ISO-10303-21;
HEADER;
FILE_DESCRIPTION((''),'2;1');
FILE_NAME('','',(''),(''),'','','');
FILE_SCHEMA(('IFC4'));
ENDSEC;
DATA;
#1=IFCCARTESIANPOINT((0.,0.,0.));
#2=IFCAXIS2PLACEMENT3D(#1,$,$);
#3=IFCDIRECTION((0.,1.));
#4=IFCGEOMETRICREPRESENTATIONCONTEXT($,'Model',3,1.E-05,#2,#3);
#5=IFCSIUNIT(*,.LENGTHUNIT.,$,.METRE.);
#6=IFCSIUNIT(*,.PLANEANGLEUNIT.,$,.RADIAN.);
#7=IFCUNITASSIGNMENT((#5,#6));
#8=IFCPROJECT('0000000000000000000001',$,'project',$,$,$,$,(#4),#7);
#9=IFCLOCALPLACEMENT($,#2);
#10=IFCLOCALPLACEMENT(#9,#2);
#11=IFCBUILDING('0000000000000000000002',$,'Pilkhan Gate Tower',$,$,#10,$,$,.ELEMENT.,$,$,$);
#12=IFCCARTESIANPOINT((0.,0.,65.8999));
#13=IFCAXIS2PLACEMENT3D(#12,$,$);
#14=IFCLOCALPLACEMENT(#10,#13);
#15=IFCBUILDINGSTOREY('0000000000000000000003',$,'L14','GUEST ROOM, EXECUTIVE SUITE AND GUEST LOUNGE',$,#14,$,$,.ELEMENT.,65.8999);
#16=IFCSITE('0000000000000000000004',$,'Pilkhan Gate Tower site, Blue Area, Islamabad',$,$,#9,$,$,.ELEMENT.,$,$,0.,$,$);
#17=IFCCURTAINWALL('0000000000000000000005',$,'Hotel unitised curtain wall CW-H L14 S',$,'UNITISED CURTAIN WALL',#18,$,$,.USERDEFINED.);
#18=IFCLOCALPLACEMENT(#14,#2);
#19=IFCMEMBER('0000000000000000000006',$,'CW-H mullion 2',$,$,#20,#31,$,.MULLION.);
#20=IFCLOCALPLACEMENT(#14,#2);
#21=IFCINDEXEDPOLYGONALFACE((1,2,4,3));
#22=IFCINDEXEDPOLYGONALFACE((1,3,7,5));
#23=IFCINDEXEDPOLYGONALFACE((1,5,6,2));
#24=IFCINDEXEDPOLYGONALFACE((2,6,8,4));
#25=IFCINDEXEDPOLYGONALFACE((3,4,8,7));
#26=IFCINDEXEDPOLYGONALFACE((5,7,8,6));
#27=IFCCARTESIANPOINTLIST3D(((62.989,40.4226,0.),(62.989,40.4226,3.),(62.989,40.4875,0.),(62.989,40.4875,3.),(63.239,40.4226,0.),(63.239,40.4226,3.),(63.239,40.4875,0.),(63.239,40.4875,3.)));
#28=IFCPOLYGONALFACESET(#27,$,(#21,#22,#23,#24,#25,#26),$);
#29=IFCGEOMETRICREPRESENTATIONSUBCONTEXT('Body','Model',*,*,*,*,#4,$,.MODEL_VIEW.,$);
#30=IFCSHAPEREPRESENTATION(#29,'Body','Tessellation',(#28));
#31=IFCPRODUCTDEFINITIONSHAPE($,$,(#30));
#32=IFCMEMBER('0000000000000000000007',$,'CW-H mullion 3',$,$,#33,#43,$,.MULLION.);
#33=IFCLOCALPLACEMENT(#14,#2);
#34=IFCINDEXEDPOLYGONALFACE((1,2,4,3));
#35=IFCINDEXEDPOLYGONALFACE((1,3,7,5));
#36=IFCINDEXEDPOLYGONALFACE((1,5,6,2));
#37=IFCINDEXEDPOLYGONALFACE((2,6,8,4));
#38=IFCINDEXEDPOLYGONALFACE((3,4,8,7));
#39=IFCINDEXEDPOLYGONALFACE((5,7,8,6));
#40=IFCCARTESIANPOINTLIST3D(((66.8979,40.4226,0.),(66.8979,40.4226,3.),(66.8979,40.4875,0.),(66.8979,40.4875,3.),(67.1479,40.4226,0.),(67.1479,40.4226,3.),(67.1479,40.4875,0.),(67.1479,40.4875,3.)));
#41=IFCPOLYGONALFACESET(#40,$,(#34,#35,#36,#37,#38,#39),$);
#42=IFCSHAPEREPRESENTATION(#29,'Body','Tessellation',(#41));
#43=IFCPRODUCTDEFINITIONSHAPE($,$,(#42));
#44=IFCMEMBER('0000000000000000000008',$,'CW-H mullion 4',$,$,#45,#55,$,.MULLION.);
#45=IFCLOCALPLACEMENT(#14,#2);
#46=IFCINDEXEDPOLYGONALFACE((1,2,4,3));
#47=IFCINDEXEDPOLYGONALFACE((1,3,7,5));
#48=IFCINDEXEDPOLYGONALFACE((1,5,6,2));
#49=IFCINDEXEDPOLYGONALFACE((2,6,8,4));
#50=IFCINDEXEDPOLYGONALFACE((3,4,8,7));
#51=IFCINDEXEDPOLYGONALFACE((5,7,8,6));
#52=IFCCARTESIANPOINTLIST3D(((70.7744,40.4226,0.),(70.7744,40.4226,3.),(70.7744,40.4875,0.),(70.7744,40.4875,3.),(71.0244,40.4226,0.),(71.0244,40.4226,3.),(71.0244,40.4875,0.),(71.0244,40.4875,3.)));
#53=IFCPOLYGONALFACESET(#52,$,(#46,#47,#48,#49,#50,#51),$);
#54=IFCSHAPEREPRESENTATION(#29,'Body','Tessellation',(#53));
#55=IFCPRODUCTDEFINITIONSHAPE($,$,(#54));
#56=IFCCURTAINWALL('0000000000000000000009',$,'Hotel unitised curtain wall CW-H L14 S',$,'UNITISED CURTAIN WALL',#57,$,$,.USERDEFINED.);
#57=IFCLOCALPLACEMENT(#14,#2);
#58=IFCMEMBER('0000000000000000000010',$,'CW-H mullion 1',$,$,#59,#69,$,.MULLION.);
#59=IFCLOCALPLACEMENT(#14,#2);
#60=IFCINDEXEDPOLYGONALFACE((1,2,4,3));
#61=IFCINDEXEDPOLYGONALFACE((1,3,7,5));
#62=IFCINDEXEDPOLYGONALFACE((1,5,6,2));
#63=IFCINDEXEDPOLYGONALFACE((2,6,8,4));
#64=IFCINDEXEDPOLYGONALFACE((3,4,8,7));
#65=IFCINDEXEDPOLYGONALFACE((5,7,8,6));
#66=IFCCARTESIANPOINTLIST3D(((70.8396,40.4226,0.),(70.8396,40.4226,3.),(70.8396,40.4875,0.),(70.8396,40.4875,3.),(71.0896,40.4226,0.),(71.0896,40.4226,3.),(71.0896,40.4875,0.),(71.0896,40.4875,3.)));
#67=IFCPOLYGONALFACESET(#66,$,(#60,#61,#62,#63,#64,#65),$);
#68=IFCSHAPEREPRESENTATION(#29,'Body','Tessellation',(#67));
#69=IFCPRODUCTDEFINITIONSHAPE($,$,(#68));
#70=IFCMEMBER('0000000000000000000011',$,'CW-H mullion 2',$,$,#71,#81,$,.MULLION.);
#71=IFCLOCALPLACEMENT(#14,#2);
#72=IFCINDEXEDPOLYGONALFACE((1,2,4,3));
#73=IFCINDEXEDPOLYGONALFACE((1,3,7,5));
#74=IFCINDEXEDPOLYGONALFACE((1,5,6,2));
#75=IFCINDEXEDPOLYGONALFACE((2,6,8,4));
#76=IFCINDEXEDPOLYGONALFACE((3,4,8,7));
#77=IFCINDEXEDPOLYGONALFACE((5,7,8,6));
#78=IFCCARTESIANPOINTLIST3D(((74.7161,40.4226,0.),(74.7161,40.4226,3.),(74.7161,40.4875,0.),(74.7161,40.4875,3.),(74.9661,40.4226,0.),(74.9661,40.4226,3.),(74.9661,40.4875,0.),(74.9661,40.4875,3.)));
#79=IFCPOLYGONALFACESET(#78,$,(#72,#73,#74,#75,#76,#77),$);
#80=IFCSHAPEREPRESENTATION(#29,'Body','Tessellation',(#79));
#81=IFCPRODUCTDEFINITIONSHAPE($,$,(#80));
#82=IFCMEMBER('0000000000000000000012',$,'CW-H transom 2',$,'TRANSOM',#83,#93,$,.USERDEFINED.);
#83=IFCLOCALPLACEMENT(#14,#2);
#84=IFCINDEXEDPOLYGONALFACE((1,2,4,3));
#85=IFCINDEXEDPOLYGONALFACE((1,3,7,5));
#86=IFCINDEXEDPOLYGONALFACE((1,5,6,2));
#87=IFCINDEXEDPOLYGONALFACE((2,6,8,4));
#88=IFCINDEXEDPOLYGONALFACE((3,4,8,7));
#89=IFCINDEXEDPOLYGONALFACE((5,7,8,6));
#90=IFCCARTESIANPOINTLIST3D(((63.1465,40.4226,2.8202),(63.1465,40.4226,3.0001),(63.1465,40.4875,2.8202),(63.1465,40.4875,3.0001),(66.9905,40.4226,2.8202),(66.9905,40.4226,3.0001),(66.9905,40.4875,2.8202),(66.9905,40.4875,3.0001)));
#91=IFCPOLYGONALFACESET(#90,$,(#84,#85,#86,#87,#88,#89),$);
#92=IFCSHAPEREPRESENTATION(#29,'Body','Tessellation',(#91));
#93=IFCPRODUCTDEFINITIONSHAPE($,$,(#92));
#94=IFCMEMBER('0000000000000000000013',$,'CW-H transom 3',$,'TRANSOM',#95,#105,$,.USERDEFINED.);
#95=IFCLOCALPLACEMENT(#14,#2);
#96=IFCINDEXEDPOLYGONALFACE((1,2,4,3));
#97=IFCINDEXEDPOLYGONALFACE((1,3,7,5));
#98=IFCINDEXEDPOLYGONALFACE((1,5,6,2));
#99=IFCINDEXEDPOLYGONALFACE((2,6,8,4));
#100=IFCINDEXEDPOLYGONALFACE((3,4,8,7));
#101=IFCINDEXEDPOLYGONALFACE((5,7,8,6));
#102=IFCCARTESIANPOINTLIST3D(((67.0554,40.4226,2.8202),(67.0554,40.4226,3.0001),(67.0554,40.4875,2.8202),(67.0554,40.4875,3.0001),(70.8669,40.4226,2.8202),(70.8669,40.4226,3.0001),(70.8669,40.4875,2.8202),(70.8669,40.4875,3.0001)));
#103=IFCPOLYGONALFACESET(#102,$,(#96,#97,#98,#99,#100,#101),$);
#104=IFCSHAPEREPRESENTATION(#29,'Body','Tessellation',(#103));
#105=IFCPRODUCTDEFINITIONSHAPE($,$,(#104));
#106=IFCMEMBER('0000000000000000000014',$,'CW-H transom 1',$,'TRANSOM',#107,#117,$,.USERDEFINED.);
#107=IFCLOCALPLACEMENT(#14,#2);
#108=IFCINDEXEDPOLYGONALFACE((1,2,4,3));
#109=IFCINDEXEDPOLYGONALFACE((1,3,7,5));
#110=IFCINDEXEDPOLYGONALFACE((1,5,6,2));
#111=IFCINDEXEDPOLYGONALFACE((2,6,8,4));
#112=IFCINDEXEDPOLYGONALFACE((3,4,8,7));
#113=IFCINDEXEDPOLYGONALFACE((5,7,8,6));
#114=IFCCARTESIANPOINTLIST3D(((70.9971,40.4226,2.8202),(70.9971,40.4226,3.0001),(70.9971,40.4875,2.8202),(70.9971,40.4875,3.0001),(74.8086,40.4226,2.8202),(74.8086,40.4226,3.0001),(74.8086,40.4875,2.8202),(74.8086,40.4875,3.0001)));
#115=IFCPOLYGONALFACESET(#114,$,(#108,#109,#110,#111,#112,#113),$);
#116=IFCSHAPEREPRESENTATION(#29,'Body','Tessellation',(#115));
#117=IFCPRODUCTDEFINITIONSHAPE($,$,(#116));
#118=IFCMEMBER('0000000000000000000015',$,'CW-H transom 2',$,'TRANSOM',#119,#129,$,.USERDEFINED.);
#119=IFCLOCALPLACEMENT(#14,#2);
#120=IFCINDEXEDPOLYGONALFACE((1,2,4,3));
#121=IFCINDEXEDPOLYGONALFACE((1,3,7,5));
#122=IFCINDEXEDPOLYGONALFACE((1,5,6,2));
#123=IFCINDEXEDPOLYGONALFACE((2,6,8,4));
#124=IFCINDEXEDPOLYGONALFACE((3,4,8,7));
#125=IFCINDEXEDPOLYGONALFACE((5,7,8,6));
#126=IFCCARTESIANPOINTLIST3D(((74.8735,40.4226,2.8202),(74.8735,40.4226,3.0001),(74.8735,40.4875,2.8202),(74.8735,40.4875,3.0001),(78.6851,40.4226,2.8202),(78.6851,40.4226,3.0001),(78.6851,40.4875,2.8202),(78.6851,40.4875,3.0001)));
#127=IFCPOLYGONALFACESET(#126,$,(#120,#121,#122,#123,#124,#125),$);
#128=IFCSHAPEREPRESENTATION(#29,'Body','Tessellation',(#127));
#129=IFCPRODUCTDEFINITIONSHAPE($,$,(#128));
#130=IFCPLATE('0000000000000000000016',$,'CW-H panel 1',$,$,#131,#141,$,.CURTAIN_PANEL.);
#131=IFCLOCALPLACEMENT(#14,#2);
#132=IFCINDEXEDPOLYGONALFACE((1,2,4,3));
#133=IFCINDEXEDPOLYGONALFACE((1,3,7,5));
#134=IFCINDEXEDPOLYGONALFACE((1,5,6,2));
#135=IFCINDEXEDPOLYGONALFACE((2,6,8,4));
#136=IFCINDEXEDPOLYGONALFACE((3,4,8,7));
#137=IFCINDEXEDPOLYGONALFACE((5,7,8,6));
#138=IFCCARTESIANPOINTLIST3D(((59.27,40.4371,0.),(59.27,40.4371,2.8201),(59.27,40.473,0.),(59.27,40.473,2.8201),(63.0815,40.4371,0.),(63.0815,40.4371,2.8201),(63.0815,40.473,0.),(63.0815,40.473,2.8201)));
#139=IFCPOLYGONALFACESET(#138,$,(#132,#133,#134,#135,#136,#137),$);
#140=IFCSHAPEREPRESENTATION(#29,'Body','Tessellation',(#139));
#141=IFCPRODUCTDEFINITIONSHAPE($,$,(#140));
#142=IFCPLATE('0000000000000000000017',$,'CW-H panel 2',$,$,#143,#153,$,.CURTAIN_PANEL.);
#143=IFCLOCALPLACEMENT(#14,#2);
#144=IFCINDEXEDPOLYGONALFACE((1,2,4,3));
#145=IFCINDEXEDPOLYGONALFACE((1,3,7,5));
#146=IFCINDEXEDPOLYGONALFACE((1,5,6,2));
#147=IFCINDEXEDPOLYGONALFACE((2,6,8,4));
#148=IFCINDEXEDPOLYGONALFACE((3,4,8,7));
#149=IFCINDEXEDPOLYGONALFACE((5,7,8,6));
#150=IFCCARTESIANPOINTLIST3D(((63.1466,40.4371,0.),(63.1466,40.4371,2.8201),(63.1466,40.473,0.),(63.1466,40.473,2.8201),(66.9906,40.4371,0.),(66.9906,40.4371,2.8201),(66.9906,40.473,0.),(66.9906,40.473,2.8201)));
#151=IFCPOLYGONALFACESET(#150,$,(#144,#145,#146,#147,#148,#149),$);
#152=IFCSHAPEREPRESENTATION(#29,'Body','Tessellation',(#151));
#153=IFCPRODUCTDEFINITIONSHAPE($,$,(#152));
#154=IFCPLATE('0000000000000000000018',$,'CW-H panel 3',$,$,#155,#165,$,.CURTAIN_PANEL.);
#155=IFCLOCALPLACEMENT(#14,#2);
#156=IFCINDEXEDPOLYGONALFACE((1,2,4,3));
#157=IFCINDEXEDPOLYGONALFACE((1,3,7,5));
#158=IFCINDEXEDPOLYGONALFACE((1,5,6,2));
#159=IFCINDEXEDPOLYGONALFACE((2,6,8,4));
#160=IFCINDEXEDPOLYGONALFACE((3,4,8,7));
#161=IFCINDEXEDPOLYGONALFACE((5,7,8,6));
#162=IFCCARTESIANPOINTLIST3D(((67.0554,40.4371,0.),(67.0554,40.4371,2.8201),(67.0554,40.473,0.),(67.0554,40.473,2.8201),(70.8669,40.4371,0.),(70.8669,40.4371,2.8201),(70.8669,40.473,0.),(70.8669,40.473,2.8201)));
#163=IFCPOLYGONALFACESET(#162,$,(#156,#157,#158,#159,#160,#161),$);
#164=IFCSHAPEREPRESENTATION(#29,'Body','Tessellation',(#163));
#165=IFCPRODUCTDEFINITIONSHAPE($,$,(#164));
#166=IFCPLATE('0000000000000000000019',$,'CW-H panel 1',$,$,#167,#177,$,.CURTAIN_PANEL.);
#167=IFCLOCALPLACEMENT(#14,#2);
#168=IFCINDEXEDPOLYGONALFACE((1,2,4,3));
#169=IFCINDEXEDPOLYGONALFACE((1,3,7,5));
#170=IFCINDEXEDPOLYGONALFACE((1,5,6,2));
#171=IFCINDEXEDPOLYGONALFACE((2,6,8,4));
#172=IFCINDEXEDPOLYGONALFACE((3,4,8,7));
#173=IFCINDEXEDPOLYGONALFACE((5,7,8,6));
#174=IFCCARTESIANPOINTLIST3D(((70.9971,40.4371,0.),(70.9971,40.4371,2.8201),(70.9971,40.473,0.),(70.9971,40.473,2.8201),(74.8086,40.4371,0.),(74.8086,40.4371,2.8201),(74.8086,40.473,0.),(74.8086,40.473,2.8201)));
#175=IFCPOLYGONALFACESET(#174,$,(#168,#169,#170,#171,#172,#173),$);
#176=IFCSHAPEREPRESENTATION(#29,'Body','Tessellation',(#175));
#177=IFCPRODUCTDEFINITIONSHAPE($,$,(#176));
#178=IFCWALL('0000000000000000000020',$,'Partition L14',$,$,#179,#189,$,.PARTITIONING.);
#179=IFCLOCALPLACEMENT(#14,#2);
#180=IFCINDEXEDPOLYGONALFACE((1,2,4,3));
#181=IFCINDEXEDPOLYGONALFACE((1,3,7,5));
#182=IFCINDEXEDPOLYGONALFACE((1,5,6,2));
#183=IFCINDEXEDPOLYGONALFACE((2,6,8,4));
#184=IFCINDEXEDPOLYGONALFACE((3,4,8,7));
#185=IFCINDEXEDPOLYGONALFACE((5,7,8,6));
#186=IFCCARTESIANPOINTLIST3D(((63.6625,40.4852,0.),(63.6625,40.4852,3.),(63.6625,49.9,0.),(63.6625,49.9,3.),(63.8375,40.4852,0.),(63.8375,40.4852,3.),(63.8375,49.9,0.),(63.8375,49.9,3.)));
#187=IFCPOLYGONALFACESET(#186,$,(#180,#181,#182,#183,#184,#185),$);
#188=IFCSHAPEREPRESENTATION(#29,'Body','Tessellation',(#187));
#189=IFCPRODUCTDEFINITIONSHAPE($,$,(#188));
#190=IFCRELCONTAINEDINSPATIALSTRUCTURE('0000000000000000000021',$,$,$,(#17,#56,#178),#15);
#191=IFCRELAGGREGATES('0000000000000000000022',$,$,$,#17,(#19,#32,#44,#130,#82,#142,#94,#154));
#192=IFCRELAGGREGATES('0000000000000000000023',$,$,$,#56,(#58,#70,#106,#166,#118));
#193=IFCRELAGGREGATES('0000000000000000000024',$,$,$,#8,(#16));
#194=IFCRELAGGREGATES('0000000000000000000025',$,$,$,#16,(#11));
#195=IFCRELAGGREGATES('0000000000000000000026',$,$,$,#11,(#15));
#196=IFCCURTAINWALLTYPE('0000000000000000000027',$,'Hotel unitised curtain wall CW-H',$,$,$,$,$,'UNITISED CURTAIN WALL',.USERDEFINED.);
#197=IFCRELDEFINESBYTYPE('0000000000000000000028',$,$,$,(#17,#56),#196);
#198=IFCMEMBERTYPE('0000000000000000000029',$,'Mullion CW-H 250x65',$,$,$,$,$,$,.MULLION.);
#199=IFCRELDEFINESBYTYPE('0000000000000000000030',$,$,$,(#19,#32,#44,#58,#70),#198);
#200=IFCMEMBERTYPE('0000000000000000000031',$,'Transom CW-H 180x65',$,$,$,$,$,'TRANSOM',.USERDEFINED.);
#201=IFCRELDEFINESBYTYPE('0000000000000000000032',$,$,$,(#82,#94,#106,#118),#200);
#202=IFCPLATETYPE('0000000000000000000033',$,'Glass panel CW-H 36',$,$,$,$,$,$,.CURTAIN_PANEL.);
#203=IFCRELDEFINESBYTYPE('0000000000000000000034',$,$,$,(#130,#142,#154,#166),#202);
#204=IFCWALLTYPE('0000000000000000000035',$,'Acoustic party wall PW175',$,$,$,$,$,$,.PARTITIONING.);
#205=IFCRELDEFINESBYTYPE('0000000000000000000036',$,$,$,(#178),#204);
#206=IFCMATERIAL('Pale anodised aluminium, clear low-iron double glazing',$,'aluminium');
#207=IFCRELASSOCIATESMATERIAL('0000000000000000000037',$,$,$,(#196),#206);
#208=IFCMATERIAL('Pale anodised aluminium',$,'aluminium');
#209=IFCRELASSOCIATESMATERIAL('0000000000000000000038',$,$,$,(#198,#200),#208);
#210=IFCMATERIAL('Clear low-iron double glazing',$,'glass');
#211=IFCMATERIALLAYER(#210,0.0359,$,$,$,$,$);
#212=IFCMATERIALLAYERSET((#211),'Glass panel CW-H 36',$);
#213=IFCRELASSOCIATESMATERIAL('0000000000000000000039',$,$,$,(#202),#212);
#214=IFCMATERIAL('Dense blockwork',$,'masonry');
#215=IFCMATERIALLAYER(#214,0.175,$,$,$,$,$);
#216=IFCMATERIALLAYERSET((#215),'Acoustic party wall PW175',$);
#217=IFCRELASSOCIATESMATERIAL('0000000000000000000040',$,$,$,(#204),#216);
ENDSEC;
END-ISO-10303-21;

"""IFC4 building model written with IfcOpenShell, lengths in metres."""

from ifc_helpers import new_model, si_unit, direction, frame, frame_2d, origin, origin_2d, place, context, subcontext, project, spatial, rectangle, extrude, material, layer, layer_set, material_profile, profile_set, type_object, element, aggregate, save


model = new_model("IFC4")

# Units and contexts
model_context = context("Model", 3, precision=1e-05, world=origin(), true_north=direction((0.0, 1.0)))
body_context = subcontext(model_context, "Body", "Model", "MODEL_VIEW")
ifc_project = project(units=[si_unit("LENGTHUNIT", "METRE"), si_unit("PLANEANGLEUNIT", "RADIAN")], contexts=[model_context])

# Site, building, storey
site_placement = place(None, origin())
site = spatial("IfcSite", under=ifc_project, at=site_placement, Name="Pilkhan Gate Tower site, Blue Area, Islamabad", CompositionType="ELEMENT", RefElevation=0.0)
building_placement = place(site_placement, origin())
building = spatial("IfcBuilding", under=site, at=building_placement, Name="Pilkhan Gate Tower", CompositionType="ELEMENT")
storey_placement = place(building_placement, frame((0.0, 0.0, 65.8999)))
storey = spatial("IfcBuildingStorey", under=building, at=storey_placement, Name="L14", Description="GUEST ROOM, EXECUTIVE SUITE AND GUEST LOUNGE", CompositionType="ELEMENT", Elevation=65.8999)

# Curtain walls, members
ifc_material_1 = material(Name="Pale anodised aluminium, clear low-iron double glazing", Category="aluminium")
curtain_wall_type = type_object("IfcCurtainWallType", Name="Hotel unitised curtain wall CW-H", ElementType="UNITISED CURTAIN WALL", PredefinedType="USERDEFINED", material=ifc_material_1)
curtain_wall_1_placement = place(storey_placement, origin())
curtain_wall_1 = element("IfcCurtainWall", 1, at=curtain_wall_1_placement, inside=storey, type_object=curtain_wall_type, Name="Hotel unitised curtain wall CW-H L14 S", ObjectType="UNITISED CURTAIN WALL", PredefinedType="USERDEFINED")
ifc_material_2 = material(Name="Pale anodised aluminium", Category="aluminium")
ifc_material_profile_1 = material_profile(ifc_material_2, rectangle(XDim=0.0649, YDim=0.25, at=origin_2d()), Name="Mullion 250x65")
ifc_profile_set_1 = profile_set([ifc_material_profile_1], Name="Pale anodised aluminium")
member_type_1 = type_object("IfcMemberType", Name="Mullion CW-H 250x65", PredefinedType="MULLION", material=ifc_profile_set_1)
member_1_placement = place(storey_placement, frame((63.114, 40.4551, 0.0), z_axis=(0.0, 0.0, 1.0), x_axis=(0.0, 1.0, 0.0)))
member_1 = element("IfcMember", 2, at=member_1_placement, type_object=member_type_1, Name="CW-H mullion 2", PredefinedType="MULLION", context=body_context, shape_type="SweptSolid", body=[
    extrude(rectangle(XDim=0.0649, YDim=0.25, at=origin_2d()), origin(), (0.0, 0.0, 1.0), 3.0),
])
member_2_placement = place(storey_placement, frame((67.0229, 40.4551, 0.0), z_axis=(0.0, 0.0, 1.0), x_axis=(0.0, 1.0, 0.0)))
member_2 = element("IfcMember", 3, at=member_2_placement, type_object=member_type_1, Name="CW-H mullion 3", PredefinedType="MULLION", context=body_context, shape_type="SweptSolid", body=[
    extrude(rectangle(XDim=0.0649, YDim=0.25, at=origin_2d()), origin(), (0.0, 0.0, 1.0), 3.0),
])
member_3_placement = place(storey_placement, frame((70.8994, 40.4551, 0.0), z_axis=(0.0, 0.0, 1.0), x_axis=(0.0, 1.0, 0.0)))
member_3 = element("IfcMember", 4, at=member_3_placement, type_object=member_type_1, Name="CW-H mullion 4", PredefinedType="MULLION", context=body_context, shape_type="SweptSolid", body=[
    extrude(rectangle(XDim=0.0649, YDim=0.25, at=origin_2d()), origin(), (0.0, 0.0, 1.0), 3.0),
])
curtain_wall_2_placement = place(storey_placement, origin())
curtain_wall_2 = element("IfcCurtainWall", 5, at=curtain_wall_2_placement, inside=storey, type_object=curtain_wall_type, Name="Hotel unitised curtain wall CW-H L14 S", ObjectType="UNITISED CURTAIN WALL", PredefinedType="USERDEFINED")
member_4_placement = place(storey_placement, frame((70.9646, 40.4551, 0.0), z_axis=(0.0, 0.0, 1.0), x_axis=(0.0, 1.0, 0.0)))
member_4 = element("IfcMember", 6, at=member_4_placement, type_object=member_type_1, Name="CW-H mullion 1", PredefinedType="MULLION", context=body_context, shape_type="SweptSolid", body=[
    extrude(rectangle(XDim=0.0649, YDim=0.25, at=origin_2d()), origin(), (0.0, 0.0, 1.0), 3.0),
])
member_5_placement = place(storey_placement, frame((74.8411, 40.4551, 0.0), z_axis=(0.0, 0.0, 1.0), x_axis=(0.0, 1.0, 0.0)))
member_5 = element("IfcMember", 7, at=member_5_placement, type_object=member_type_1, Name="CW-H mullion 2", PredefinedType="MULLION", context=body_context, shape_type="SweptSolid", body=[
    extrude(rectangle(XDim=0.0649, YDim=0.25, at=origin_2d()), origin(), (0.0, 0.0, 1.0), 3.0),
])

# Members
ifc_material_profile_2 = material_profile(ifc_material_2, rectangle(XDim=0.0649, YDim=0.1799, at=origin_2d()), Name="Transom 180x65")
ifc_profile_set_2 = profile_set([ifc_material_profile_2], Name="Pale anodised aluminium")
member_type_2 = type_object("IfcMemberType", Name="Transom CW-H 180x65", ElementType="TRANSOM", PredefinedType="USERDEFINED", material=ifc_profile_set_2)
member_6_placement = place(storey_placement, frame((63.1465, 40.4551, 2.9102), z_axis=(1.0, 0.0, 0.0), x_axis=(0.0, 1.0, 0.0)))
member_6 = element("IfcMember", 8, at=member_6_placement, type_object=member_type_2, Name="CW-H transom 2", ObjectType="TRANSOM", PredefinedType="USERDEFINED", context=body_context, shape_type="SweptSolid", body=[
    extrude(rectangle(XDim=0.0649, YDim=0.1799, at=origin_2d()), origin(), (0.0, 0.0, 1.0), 3.844),
])
member_7_placement = place(storey_placement, frame((67.0554, 40.4551, 2.9102), z_axis=(1.0, 0.0, 0.0), x_axis=(0.0, 1.0, 0.0)))
member_7 = element("IfcMember", 9, at=member_7_placement, type_object=member_type_2, Name="CW-H transom 3", ObjectType="TRANSOM", PredefinedType="USERDEFINED", context=body_context, shape_type="SweptSolid", body=[
    extrude(rectangle(XDim=0.0649, YDim=0.1799, at=origin_2d()), origin(), (0.0, 0.0, 1.0), 3.8115),
])
member_8_placement = place(storey_placement, frame((70.9971, 40.4551, 2.9102), z_axis=(1.0, 0.0, 0.0), x_axis=(0.0, 1.0, 0.0)))
member_8 = element("IfcMember", 10, at=member_8_placement, type_object=member_type_2, Name="CW-H transom 1", ObjectType="TRANSOM", PredefinedType="USERDEFINED", context=body_context, shape_type="SweptSolid", body=[
    extrude(rectangle(XDim=0.0649, YDim=0.1799, at=origin_2d()), origin(), (0.0, 0.0, 1.0), 3.8115),
])
member_9_placement = place(storey_placement, frame((74.8735, 40.4551, 2.9102), z_axis=(1.0, 0.0, 0.0), x_axis=(0.0, 1.0, 0.0)))
member_9 = element("IfcMember", 11, at=member_9_placement, type_object=member_type_2, Name="CW-H transom 2", ObjectType="TRANSOM", PredefinedType="USERDEFINED", context=body_context, shape_type="SweptSolid", body=[
    extrude(rectangle(XDim=0.0649, YDim=0.1799, at=origin_2d()), origin(), (0.0, 0.0, 1.0), 3.8115),
])

# Plates
ifc_material_3 = material(Name="Clear low-iron double glazing", Category="glass")
ifc_layer_1 = layer(ifc_material_3, 0.0359)
ifc_layer_set_1 = layer_set([ifc_layer_1], Name="Glass panel CW-H 36")
plate_type = type_object("IfcPlateType", Name="Glass panel CW-H 36", PredefinedType="CURTAIN_PANEL", material=ifc_layer_set_1)
plate_1_placement = place(storey_placement, frame((61.1758, 40.4551, 0.0), z_axis=(0.0, 0.0, 1.0), x_axis=(1.0, 0.0, 0.0)))
plate_1 = element("IfcPlate", 12, at=plate_1_placement, type_object=plate_type, Name="CW-H panel 1", PredefinedType="CURTAIN_PANEL", context=body_context, shape_type="SweptSolid", body=[
    extrude(rectangle(XDim=3.8115, YDim=0.0359, at=origin_2d()), origin(), (0.0, 0.0, 1.0), 2.8201),
])
plate_2_placement = place(storey_placement, frame((65.0686, 40.4551, 0.0), z_axis=(0.0, 0.0, 1.0), x_axis=(1.0, 0.0, 0.0)))
plate_2 = element("IfcPlate", 13, at=plate_2_placement, type_object=plate_type, Name="CW-H panel 2", PredefinedType="CURTAIN_PANEL", context=body_context, shape_type="SweptSolid", body=[
    extrude(rectangle(XDim=3.844, YDim=0.0359, at=origin_2d()), origin(), (0.0, 0.0, 1.0), 2.8201),
])
plate_3_placement = place(storey_placement, frame((68.9612, 40.4551, 0.0), z_axis=(0.0, 0.0, 1.0), x_axis=(1.0, 0.0, 0.0)))
plate_3 = element("IfcPlate", 14, at=plate_3_placement, type_object=plate_type, Name="CW-H panel 3", PredefinedType="CURTAIN_PANEL", context=body_context, shape_type="SweptSolid", body=[
    extrude(rectangle(XDim=3.8115, YDim=0.0359, at=origin_2d()), origin(), (0.0, 0.0, 1.0), 2.8201),
])
aggregate(curtain_wall_1, [member_1, member_2, member_3, plate_1, member_6, plate_2, member_7, plate_3])
plate_4_placement = place(storey_placement, frame((72.9028, 40.4551, 0.0), z_axis=(0.0, 0.0, 1.0), x_axis=(1.0, 0.0, 0.0)))
plate_4 = element("IfcPlate", 15, at=plate_4_placement, type_object=plate_type, Name="CW-H panel 1", PredefinedType="CURTAIN_PANEL", context=body_context, shape_type="SweptSolid", body=[
    extrude(rectangle(XDim=3.8115, YDim=0.0359, at=origin_2d()), origin(), (0.0, 0.0, 1.0), 2.8201),
])
aggregate(curtain_wall_2, [member_4, member_5, member_8, plate_4, member_9])

# Wall
ifc_material_4 = material(Name="Dense blockwork", Category="masonry")
ifc_layer_2 = layer(ifc_material_4, 0.175)
ifc_layer_set_2 = layer_set([ifc_layer_2], Name="Acoustic party wall PW175")
wall_type = type_object("IfcWallType", Name="Acoustic party wall PW175", PredefinedType="PARTITIONING", material=ifc_layer_set_2)
wall_1_placement = place(storey_placement, frame((63.75, 40.4851, 0.0), z_axis=(0.0, 0.0, 1.0), x_axis=(0.0, 1.0, 0.0)))
element("IfcWall", 16, at=wall_1_placement, inside=storey, type_object=wall_type, Name="Partition L14", PredefinedType="PARTITIONING", context=body_context, shape_type="SweptSolid", body=[
    extrude(rectangle(XDim=9.4148, YDim=0.175, at=frame_2d((4.7075, 0.0))), origin(), (0.0, 0.0, 1.0), 3.0),
])

save(model, "model.ifc")
